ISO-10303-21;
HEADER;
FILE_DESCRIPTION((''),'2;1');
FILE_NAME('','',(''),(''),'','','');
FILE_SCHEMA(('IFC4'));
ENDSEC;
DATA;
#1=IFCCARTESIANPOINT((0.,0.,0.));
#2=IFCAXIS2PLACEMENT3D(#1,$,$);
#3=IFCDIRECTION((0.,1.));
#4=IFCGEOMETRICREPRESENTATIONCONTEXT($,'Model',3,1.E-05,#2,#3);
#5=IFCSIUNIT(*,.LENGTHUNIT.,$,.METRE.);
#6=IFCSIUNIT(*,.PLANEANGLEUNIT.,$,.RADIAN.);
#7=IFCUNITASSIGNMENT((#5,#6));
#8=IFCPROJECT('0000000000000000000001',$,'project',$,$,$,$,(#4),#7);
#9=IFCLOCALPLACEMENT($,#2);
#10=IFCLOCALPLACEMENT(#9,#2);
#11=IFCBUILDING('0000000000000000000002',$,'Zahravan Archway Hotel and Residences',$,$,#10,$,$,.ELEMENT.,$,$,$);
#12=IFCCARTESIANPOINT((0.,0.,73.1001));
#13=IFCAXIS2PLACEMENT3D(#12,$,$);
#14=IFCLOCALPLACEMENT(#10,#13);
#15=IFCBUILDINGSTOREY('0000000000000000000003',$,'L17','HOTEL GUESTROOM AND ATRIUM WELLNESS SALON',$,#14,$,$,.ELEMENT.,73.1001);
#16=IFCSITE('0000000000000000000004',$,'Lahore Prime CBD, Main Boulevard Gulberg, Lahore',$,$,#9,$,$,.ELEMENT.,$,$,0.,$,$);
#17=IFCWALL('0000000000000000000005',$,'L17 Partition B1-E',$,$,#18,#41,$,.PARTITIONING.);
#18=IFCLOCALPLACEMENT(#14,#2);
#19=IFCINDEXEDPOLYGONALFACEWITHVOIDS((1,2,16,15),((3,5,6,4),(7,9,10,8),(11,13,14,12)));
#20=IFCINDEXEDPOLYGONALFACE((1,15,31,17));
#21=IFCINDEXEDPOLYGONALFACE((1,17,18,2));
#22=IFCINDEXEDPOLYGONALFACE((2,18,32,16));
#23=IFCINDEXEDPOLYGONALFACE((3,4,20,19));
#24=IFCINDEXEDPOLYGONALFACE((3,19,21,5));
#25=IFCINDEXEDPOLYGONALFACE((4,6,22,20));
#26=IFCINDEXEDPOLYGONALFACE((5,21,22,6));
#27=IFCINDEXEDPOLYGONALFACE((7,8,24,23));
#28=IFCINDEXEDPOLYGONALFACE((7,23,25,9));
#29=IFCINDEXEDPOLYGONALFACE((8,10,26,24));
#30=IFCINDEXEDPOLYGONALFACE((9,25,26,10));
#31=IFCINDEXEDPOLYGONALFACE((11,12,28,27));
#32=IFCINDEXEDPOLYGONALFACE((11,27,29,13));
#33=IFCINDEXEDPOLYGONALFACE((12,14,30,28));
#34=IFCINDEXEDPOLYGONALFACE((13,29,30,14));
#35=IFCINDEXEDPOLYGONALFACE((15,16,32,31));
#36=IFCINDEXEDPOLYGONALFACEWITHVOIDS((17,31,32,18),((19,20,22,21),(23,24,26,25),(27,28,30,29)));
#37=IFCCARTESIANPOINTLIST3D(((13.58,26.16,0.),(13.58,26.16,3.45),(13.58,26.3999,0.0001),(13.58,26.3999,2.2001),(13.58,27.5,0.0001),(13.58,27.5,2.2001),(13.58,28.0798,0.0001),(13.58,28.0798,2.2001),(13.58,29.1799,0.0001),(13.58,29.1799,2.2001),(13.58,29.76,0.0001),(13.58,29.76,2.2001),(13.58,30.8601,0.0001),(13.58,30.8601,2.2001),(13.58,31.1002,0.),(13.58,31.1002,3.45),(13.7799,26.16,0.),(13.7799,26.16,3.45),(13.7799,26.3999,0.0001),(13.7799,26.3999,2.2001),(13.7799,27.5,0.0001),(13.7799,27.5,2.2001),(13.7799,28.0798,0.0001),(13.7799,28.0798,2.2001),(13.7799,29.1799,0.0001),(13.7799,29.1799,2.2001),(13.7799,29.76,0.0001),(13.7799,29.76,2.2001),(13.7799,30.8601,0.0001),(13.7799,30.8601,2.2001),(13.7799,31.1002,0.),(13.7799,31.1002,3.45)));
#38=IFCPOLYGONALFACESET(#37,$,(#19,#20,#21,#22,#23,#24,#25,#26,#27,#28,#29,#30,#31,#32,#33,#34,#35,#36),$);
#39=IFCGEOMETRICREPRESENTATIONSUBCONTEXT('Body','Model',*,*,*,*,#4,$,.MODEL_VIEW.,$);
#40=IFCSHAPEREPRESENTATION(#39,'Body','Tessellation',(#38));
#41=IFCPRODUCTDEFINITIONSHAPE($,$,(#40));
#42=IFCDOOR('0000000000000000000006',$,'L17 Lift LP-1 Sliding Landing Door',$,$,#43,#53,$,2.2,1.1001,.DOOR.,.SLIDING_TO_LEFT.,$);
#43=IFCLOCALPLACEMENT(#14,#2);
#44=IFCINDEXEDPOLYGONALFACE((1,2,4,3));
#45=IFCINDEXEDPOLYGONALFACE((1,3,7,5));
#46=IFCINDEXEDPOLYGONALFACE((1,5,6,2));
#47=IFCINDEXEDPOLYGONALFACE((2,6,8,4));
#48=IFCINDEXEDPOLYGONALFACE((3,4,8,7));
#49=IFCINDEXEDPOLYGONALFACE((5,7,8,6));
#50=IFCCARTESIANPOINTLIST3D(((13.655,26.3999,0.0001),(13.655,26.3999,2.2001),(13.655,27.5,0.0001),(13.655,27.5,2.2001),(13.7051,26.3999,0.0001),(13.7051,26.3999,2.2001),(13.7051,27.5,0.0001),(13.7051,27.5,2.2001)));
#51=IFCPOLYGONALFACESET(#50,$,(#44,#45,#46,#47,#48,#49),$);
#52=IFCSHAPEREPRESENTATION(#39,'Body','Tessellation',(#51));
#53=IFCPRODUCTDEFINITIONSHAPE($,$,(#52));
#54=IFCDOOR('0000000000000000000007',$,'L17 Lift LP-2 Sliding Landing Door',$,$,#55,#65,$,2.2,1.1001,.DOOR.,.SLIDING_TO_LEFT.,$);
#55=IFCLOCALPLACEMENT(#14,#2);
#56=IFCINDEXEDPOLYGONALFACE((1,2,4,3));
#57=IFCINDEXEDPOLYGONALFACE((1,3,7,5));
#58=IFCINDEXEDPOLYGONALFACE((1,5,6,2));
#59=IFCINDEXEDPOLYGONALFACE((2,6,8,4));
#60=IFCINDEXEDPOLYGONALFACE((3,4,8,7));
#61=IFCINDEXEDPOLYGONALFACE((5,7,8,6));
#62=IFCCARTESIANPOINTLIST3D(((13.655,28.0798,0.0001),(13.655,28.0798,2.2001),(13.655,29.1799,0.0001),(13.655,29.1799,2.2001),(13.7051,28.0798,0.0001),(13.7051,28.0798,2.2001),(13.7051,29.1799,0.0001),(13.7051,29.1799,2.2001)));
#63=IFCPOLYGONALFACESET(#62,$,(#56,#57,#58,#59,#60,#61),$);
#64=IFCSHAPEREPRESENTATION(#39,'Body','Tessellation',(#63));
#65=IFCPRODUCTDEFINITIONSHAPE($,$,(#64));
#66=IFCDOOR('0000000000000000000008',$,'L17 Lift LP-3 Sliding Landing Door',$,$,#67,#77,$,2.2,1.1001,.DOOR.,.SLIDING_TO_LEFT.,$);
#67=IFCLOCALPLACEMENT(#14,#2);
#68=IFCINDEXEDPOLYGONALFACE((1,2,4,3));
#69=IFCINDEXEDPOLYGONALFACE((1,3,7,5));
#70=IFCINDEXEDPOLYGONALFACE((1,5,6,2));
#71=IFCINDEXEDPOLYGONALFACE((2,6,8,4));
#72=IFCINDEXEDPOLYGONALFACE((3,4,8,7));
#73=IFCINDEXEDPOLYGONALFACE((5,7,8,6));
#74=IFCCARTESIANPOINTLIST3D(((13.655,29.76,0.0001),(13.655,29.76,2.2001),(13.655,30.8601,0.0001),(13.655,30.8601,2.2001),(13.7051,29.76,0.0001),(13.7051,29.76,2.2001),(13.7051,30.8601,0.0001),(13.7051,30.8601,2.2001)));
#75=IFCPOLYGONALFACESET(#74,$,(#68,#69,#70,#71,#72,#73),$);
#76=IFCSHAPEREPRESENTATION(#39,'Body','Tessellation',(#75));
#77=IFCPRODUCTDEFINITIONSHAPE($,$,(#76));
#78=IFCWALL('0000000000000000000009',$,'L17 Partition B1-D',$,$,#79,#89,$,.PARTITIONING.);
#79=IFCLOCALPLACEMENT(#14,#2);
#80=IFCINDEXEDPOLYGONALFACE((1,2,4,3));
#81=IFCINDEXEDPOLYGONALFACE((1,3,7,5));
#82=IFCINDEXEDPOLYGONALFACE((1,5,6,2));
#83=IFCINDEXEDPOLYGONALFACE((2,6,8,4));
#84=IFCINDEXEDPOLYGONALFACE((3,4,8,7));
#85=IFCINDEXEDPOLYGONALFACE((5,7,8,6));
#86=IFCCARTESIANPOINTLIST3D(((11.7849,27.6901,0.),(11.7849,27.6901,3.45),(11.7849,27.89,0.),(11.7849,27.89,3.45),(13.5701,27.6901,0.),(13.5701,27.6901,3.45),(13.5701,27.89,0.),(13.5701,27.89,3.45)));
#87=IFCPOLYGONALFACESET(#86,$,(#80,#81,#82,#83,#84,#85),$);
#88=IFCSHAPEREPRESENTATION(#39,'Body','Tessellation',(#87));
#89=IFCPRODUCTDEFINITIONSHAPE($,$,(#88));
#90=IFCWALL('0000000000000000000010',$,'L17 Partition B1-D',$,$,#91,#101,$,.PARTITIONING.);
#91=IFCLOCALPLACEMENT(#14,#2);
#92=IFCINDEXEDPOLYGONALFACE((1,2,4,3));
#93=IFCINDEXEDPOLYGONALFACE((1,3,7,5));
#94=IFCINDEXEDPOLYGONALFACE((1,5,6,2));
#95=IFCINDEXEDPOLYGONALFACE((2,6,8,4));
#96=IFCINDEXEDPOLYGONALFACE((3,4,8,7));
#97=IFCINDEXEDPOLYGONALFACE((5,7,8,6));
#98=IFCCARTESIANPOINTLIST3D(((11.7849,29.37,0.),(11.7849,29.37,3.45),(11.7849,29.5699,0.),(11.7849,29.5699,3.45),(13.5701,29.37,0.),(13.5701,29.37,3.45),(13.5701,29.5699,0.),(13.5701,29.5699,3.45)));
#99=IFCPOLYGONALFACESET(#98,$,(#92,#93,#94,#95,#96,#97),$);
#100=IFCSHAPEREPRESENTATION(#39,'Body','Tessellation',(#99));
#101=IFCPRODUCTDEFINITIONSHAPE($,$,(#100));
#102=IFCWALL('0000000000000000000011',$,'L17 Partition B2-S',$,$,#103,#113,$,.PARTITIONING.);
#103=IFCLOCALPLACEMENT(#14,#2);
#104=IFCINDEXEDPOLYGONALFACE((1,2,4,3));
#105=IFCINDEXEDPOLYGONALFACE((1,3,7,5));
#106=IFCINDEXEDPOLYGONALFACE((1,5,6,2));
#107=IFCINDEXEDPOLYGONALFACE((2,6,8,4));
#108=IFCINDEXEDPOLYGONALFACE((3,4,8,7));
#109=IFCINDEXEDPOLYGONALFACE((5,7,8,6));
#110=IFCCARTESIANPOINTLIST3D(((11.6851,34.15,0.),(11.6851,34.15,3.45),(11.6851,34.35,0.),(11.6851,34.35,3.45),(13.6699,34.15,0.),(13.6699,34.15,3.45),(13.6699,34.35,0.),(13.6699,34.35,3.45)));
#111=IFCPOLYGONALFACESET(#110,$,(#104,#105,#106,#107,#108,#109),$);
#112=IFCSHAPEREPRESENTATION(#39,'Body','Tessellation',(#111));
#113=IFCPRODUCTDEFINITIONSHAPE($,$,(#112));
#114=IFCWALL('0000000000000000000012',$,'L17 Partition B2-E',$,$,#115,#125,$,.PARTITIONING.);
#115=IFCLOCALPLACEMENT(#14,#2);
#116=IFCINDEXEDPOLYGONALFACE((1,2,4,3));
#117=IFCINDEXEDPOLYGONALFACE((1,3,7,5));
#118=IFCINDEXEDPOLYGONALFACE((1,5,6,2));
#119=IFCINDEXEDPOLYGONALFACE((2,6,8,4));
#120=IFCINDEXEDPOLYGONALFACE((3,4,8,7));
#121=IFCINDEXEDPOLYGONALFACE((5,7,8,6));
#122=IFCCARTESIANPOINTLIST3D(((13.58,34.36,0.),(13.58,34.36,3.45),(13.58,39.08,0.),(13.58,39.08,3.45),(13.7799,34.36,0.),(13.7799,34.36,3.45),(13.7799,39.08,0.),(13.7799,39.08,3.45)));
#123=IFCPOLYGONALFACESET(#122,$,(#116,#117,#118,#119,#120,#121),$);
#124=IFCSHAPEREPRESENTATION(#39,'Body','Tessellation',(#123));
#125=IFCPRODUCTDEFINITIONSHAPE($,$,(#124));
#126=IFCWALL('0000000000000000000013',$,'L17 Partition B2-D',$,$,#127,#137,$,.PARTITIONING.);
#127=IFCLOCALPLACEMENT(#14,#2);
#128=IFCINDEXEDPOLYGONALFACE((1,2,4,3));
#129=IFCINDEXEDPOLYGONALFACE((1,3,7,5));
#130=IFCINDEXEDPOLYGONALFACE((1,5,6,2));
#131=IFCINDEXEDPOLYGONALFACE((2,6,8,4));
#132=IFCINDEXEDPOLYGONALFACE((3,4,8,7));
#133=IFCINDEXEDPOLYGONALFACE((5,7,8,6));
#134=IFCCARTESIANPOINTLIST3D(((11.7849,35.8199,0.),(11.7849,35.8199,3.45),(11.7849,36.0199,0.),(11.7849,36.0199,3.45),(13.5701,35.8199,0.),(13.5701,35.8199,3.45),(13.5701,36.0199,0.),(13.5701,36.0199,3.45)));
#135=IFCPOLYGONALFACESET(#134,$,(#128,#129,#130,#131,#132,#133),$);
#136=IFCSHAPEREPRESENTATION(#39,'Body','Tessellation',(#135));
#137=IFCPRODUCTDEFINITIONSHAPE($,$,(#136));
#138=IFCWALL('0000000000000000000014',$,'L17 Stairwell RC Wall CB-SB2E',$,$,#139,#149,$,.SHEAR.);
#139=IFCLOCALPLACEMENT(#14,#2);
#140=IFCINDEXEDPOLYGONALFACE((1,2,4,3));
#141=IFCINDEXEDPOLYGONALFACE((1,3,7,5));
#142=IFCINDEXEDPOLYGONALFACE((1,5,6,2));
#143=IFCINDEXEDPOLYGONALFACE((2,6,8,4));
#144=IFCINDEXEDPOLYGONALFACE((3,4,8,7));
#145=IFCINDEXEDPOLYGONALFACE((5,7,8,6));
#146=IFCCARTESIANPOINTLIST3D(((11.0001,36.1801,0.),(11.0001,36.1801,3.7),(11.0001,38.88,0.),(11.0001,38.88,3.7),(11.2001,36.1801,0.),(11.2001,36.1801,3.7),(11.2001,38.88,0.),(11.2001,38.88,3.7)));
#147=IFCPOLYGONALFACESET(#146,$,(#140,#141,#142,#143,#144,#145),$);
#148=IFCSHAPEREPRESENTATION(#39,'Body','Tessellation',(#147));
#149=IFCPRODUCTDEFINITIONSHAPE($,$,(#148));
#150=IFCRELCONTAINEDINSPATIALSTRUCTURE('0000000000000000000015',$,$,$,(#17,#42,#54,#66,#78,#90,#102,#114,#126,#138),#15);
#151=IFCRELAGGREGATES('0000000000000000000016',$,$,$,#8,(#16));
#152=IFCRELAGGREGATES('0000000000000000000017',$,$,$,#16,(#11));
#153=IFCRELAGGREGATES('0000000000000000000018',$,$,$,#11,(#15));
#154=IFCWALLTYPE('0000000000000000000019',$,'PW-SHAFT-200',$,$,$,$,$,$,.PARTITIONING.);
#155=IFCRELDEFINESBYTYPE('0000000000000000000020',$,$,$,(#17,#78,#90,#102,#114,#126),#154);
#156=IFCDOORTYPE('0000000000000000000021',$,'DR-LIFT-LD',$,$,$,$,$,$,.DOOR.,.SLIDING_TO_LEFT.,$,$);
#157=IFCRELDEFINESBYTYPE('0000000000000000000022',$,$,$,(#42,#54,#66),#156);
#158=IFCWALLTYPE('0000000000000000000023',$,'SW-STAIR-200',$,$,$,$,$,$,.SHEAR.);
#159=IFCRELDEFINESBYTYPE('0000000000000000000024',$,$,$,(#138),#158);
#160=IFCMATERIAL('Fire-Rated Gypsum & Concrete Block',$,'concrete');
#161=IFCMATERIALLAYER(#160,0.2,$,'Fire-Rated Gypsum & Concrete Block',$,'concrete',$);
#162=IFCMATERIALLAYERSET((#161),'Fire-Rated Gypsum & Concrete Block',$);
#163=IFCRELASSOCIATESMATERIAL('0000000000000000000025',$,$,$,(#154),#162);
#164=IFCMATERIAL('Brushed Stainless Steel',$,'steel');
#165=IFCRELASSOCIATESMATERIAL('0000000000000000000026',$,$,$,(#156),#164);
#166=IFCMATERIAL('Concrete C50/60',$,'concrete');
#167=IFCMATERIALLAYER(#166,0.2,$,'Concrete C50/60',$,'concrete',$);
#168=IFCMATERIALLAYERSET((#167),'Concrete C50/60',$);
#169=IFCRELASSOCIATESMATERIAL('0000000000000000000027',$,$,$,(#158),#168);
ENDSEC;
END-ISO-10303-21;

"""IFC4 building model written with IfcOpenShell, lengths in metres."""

from ifc_helpers import new_model, si_unit, direction, frame, frame_2d, origin, place, context, subcontext, project, spatial, rectangle, extrude, source, transform, mapped, material, layer, layer_set, type_object, type_shapes, element, fill, save


model = new_model("IFC4")

# Units and contexts
model_context = context("Model", 3, precision=1e-05, world=origin(), true_north=direction((0.0, 1.0)))
body_context = subcontext(model_context, "Body", "Model", "MODEL_VIEW")
ifc_project = project(units=[si_unit("LENGTHUNIT", "METRE"), si_unit("PLANEANGLEUNIT", "RADIAN")], contexts=[model_context])

# Site, building, storey
site_placement = place(None, origin())
site = spatial("IfcSite", under=ifc_project, at=site_placement, Name="Lahore Prime CBD, Main Boulevard Gulberg, Lahore", CompositionType="ELEMENT", RefElevation=0.0)
building_placement = place(site_placement, origin())
building = spatial("IfcBuilding", under=site, at=building_placement, Name="Zahravan Archway Hotel and Residences", CompositionType="ELEMENT")
storey_placement = place(building_placement, frame((0.0, 0.0, 73.1001)))
storey = spatial("IfcBuildingStorey", under=building, at=storey_placement, Name="L17", Description="HOTEL GUESTROOM AND ATRIUM WELLNESS SALON", CompositionType="ELEMENT", Elevation=73.1001)

# Shared definitions
ifc_material_1 = material(Name="Fire-Rated Gypsum & Concrete Block", Category="concrete")
ifc_layer_1 = layer(ifc_material_1, 0.2, Name="Fire-Rated Gypsum & Concrete Block", Category="concrete")
ifc_layer_set_1 = layer_set([ifc_layer_1], Name="Fire-Rated Gypsum & Concrete Block")
wall_type_1 = type_object("IfcWallType", Name="PW-SHAFT-200", PredefinedType="PARTITIONING", material=ifc_layer_set_1)

# Wall, openings, doors
wall_1_placement = place(storey_placement, frame((13.6799, 26.1599, 0.0), z_axis=(0.0, 0.0, 1.0), x_axis=(0.0, 1.0, 0.0)))
wall_1 = element("IfcWall", 1, at=wall_1_placement, inside=storey, type_object=wall_type_1, Name="L17 Partition B1-E", PredefinedType="PARTITIONING", context=body_context, shape_type="SweptSolid", body=[
    extrude(rectangle(XDim=4.9402, YDim=0.2, at=frame_2d((2.4702, 0.0))), origin(), (0.0, 0.0, 1.0), 3.45),
])
opening_1_placement = place(wall_1_placement, frame((0.24, 0.0, 0.0)))
opening_1 = element("IfcOpeningElement", 2, at=opening_1_placement, cuts=wall_1, PredefinedType="OPENING", context=body_context, shape_type="SweptSolid", body=[
    extrude(rectangle(XDim=1.1001, YDim=2.2, at=frame_2d((0.55, 1.1001))), frame((0.0, 0.1099, 0.0), z_axis=(0.0, -1.0, 0.0), x_axis=(1.0, 0.0, 0.0)), (0.0, 0.0, 1.0), 0.22),
])
opening_2_placement = place(wall_1_placement, frame((1.9199, 0.0, 0.0)))
opening_2 = element("IfcOpeningElement", 3, at=opening_2_placement, cuts=wall_1, PredefinedType="OPENING", context=body_context, shape_type="SweptSolid", body=[
    extrude(rectangle(XDim=1.1001, YDim=2.2, at=frame_2d((0.55, 1.1001))), frame((0.0, 0.1099, 0.0), z_axis=(0.0, -1.0, 0.0), x_axis=(1.0, 0.0, 0.0)), (0.0, 0.0, 1.0), 0.22),
])
opening_3_placement = place(wall_1_placement, frame((3.6001, 0.0, 0.0)))
opening_3 = element("IfcOpeningElement", 4, at=opening_3_placement, cuts=wall_1, PredefinedType="OPENING", context=body_context, shape_type="SweptSolid", body=[
    extrude(rectangle(XDim=1.1001, YDim=2.2, at=frame_2d((0.55, 1.1001))), frame((0.0, 0.1099, 0.0), z_axis=(0.0, -1.0, 0.0), x_axis=(1.0, 0.0, 0.0)), (0.0, 0.0, 1.0), 0.22),
])
ifc_material_2 = material(Name="Brushed Stainless Steel", Category="steel")
door_type = type_object("IfcDoorType", Name="DR-LIFT-LD", OperationType="SLIDING_TO_LEFT", PredefinedType="DOOR", material=ifc_material_2)
shared_shape_1 = source(origin(), body_context, "Body", "SweptSolid", [
    extrude(rectangle(XDim=1.1001, YDim=2.2, at=frame_2d((0.55, 1.1001))), frame((0.0, 0.0249, 0.0), z_axis=(0.0, -1.0, 0.0), x_axis=(1.0, 0.0, 0.0)), (0.0, 0.0, 1.0), 0.05),
])
type_shapes(door_type, [shared_shape_1])
door_1_placement = place(opening_1_placement, origin())
door_1 = element("IfcDoor", 5, at=door_1_placement, inside=storey, type_object=door_type, Name="L17 Lift LP-1 Sliding Landing Door", OperationType="SLIDING_TO_LEFT", OverallHeight=2.2, OverallWidth=1.1001, PredefinedType="DOOR", context=body_context, shape_type="MappedRepresentation", body=[
    mapped(shared_shape_1, transform((0.0, 0.0, 0.0), scale=1.0)),
])
fill(opening_1, door_1)
door_2_placement = place(opening_2_placement, origin())
door_2 = element("IfcDoor", 6, at=door_2_placement, inside=storey, type_object=door_type, Name="L17 Lift LP-2 Sliding Landing Door", OperationType="SLIDING_TO_LEFT", OverallHeight=2.2, OverallWidth=1.1001, PredefinedType="DOOR", context=body_context, shape_type="MappedRepresentation", body=[
    mapped(shared_shape_1, transform((0.0, 0.0, 0.0), scale=1.0)),
])
fill(opening_2, door_2)
door_3_placement = place(opening_3_placement, origin())
door_3 = element("IfcDoor", 7, at=door_3_placement, inside=storey, type_object=door_type, Name="L17 Lift LP-3 Sliding Landing Door", OperationType="SLIDING_TO_LEFT", OverallHeight=2.2, OverallWidth=1.1001, PredefinedType="DOOR", context=body_context, shape_type="MappedRepresentation", body=[
    mapped(shared_shape_1, transform((0.0, 0.0, 0.0), scale=1.0)),
])
fill(opening_3, door_3)

# Walls
for number, where, z_axis, x_axis, name in (
    (8, (11.7849, 27.79, 0.0), (0.0, 0.0, 1.0), (1.0, 0.0, 0.0), "L17 Partition B1-D"),
    (9, (11.7849, 29.47, 0.0), (0.0, 0.0, 1.0), (1.0, 0.0, 0.0), "L17 Partition B1-D"),
):
    element("IfcWall", number, at=place(storey_placement, frame(where, z_axis=z_axis, x_axis=x_axis)), inside=storey, type_object=wall_type_1, Name=name, PredefinedType="PARTITIONING", context=body_context, shape_type="SweptSolid", body=[
        extrude(rectangle(XDim=1.7852, YDim=0.2, at=frame_2d((0.8926, 0.0))), origin(), (0.0, 0.0, 1.0), 3.45),
    ])
wall_2_placement = place(storey_placement, frame((11.6851, 34.25, 0.0), z_axis=(0.0, 0.0, 1.0), x_axis=(1.0, 0.0, 0.0)))
element("IfcWall", 10, at=wall_2_placement, inside=storey, type_object=wall_type_1, Name="L17 Partition B2-S", PredefinedType="PARTITIONING", context=body_context, shape_type="SweptSolid", body=[
    extrude(rectangle(XDim=1.9849, YDim=0.2, at=frame_2d((0.9924, 0.0))), origin(), (0.0, 0.0, 1.0), 3.45),
])
wall_3_placement = place(storey_placement, frame((13.6799, 34.3601, 0.0), z_axis=(0.0, 0.0, 1.0), x_axis=(0.0, 1.0, 0.0)))
element("IfcWall", 11, at=wall_3_placement, inside=storey, type_object=wall_type_1, Name="L17 Partition B2-E", PredefinedType="PARTITIONING", context=body_context, shape_type="SweptSolid", body=[
    extrude(rectangle(XDim=4.72, YDim=0.2, at=frame_2d((2.3599, 0.0))), origin(), (0.0, 0.0, 1.0), 3.45),
])
wall_4_placement = place(storey_placement, frame((11.7849, 35.9199, 0.0), z_axis=(0.0, 0.0, 1.0), x_axis=(1.0, 0.0, 0.0)))
element("IfcWall", 12, at=wall_4_placement, inside=storey, type_object=wall_type_1, Name="L17 Partition B2-D", PredefinedType="PARTITIONING", context=body_context, shape_type="SweptSolid", body=[
    extrude(rectangle(XDim=1.7852, YDim=0.2, at=frame_2d((0.8926, 0.0))), origin(), (0.0, 0.0, 1.0), 3.45),
])
ifc_material_3 = material(Name="Concrete C50/60", Category="concrete")
ifc_layer_2 = layer(ifc_material_3, 0.2, Name="Concrete C50/60", Category="concrete")
ifc_layer_set_2 = layer_set([ifc_layer_2], Name="Concrete C50/60")
wall_type_2 = type_object("IfcWallType", Name="SW-STAIR-200", PredefinedType="SHEAR", material=ifc_layer_set_2)
wall_5_placement = place(storey_placement, frame((11.1001, 36.1799, 0.0), z_axis=(0.0, 0.0, 1.0), x_axis=(0.0, 1.0, 0.0)))
element("IfcWall", 13, at=wall_5_placement, inside=storey, type_object=wall_type_2, Name="L17 Stairwell RC Wall CB-SB2E", PredefinedType="SHEAR", context=body_context, shape_type="SweptSolid", body=[
    extrude(rectangle(XDim=2.7, YDim=0.2, at=frame_2d((1.3501, 0.0))), origin(), (0.0, 0.0, 1.0), 3.7),
])

save(model, "model.ifc")
